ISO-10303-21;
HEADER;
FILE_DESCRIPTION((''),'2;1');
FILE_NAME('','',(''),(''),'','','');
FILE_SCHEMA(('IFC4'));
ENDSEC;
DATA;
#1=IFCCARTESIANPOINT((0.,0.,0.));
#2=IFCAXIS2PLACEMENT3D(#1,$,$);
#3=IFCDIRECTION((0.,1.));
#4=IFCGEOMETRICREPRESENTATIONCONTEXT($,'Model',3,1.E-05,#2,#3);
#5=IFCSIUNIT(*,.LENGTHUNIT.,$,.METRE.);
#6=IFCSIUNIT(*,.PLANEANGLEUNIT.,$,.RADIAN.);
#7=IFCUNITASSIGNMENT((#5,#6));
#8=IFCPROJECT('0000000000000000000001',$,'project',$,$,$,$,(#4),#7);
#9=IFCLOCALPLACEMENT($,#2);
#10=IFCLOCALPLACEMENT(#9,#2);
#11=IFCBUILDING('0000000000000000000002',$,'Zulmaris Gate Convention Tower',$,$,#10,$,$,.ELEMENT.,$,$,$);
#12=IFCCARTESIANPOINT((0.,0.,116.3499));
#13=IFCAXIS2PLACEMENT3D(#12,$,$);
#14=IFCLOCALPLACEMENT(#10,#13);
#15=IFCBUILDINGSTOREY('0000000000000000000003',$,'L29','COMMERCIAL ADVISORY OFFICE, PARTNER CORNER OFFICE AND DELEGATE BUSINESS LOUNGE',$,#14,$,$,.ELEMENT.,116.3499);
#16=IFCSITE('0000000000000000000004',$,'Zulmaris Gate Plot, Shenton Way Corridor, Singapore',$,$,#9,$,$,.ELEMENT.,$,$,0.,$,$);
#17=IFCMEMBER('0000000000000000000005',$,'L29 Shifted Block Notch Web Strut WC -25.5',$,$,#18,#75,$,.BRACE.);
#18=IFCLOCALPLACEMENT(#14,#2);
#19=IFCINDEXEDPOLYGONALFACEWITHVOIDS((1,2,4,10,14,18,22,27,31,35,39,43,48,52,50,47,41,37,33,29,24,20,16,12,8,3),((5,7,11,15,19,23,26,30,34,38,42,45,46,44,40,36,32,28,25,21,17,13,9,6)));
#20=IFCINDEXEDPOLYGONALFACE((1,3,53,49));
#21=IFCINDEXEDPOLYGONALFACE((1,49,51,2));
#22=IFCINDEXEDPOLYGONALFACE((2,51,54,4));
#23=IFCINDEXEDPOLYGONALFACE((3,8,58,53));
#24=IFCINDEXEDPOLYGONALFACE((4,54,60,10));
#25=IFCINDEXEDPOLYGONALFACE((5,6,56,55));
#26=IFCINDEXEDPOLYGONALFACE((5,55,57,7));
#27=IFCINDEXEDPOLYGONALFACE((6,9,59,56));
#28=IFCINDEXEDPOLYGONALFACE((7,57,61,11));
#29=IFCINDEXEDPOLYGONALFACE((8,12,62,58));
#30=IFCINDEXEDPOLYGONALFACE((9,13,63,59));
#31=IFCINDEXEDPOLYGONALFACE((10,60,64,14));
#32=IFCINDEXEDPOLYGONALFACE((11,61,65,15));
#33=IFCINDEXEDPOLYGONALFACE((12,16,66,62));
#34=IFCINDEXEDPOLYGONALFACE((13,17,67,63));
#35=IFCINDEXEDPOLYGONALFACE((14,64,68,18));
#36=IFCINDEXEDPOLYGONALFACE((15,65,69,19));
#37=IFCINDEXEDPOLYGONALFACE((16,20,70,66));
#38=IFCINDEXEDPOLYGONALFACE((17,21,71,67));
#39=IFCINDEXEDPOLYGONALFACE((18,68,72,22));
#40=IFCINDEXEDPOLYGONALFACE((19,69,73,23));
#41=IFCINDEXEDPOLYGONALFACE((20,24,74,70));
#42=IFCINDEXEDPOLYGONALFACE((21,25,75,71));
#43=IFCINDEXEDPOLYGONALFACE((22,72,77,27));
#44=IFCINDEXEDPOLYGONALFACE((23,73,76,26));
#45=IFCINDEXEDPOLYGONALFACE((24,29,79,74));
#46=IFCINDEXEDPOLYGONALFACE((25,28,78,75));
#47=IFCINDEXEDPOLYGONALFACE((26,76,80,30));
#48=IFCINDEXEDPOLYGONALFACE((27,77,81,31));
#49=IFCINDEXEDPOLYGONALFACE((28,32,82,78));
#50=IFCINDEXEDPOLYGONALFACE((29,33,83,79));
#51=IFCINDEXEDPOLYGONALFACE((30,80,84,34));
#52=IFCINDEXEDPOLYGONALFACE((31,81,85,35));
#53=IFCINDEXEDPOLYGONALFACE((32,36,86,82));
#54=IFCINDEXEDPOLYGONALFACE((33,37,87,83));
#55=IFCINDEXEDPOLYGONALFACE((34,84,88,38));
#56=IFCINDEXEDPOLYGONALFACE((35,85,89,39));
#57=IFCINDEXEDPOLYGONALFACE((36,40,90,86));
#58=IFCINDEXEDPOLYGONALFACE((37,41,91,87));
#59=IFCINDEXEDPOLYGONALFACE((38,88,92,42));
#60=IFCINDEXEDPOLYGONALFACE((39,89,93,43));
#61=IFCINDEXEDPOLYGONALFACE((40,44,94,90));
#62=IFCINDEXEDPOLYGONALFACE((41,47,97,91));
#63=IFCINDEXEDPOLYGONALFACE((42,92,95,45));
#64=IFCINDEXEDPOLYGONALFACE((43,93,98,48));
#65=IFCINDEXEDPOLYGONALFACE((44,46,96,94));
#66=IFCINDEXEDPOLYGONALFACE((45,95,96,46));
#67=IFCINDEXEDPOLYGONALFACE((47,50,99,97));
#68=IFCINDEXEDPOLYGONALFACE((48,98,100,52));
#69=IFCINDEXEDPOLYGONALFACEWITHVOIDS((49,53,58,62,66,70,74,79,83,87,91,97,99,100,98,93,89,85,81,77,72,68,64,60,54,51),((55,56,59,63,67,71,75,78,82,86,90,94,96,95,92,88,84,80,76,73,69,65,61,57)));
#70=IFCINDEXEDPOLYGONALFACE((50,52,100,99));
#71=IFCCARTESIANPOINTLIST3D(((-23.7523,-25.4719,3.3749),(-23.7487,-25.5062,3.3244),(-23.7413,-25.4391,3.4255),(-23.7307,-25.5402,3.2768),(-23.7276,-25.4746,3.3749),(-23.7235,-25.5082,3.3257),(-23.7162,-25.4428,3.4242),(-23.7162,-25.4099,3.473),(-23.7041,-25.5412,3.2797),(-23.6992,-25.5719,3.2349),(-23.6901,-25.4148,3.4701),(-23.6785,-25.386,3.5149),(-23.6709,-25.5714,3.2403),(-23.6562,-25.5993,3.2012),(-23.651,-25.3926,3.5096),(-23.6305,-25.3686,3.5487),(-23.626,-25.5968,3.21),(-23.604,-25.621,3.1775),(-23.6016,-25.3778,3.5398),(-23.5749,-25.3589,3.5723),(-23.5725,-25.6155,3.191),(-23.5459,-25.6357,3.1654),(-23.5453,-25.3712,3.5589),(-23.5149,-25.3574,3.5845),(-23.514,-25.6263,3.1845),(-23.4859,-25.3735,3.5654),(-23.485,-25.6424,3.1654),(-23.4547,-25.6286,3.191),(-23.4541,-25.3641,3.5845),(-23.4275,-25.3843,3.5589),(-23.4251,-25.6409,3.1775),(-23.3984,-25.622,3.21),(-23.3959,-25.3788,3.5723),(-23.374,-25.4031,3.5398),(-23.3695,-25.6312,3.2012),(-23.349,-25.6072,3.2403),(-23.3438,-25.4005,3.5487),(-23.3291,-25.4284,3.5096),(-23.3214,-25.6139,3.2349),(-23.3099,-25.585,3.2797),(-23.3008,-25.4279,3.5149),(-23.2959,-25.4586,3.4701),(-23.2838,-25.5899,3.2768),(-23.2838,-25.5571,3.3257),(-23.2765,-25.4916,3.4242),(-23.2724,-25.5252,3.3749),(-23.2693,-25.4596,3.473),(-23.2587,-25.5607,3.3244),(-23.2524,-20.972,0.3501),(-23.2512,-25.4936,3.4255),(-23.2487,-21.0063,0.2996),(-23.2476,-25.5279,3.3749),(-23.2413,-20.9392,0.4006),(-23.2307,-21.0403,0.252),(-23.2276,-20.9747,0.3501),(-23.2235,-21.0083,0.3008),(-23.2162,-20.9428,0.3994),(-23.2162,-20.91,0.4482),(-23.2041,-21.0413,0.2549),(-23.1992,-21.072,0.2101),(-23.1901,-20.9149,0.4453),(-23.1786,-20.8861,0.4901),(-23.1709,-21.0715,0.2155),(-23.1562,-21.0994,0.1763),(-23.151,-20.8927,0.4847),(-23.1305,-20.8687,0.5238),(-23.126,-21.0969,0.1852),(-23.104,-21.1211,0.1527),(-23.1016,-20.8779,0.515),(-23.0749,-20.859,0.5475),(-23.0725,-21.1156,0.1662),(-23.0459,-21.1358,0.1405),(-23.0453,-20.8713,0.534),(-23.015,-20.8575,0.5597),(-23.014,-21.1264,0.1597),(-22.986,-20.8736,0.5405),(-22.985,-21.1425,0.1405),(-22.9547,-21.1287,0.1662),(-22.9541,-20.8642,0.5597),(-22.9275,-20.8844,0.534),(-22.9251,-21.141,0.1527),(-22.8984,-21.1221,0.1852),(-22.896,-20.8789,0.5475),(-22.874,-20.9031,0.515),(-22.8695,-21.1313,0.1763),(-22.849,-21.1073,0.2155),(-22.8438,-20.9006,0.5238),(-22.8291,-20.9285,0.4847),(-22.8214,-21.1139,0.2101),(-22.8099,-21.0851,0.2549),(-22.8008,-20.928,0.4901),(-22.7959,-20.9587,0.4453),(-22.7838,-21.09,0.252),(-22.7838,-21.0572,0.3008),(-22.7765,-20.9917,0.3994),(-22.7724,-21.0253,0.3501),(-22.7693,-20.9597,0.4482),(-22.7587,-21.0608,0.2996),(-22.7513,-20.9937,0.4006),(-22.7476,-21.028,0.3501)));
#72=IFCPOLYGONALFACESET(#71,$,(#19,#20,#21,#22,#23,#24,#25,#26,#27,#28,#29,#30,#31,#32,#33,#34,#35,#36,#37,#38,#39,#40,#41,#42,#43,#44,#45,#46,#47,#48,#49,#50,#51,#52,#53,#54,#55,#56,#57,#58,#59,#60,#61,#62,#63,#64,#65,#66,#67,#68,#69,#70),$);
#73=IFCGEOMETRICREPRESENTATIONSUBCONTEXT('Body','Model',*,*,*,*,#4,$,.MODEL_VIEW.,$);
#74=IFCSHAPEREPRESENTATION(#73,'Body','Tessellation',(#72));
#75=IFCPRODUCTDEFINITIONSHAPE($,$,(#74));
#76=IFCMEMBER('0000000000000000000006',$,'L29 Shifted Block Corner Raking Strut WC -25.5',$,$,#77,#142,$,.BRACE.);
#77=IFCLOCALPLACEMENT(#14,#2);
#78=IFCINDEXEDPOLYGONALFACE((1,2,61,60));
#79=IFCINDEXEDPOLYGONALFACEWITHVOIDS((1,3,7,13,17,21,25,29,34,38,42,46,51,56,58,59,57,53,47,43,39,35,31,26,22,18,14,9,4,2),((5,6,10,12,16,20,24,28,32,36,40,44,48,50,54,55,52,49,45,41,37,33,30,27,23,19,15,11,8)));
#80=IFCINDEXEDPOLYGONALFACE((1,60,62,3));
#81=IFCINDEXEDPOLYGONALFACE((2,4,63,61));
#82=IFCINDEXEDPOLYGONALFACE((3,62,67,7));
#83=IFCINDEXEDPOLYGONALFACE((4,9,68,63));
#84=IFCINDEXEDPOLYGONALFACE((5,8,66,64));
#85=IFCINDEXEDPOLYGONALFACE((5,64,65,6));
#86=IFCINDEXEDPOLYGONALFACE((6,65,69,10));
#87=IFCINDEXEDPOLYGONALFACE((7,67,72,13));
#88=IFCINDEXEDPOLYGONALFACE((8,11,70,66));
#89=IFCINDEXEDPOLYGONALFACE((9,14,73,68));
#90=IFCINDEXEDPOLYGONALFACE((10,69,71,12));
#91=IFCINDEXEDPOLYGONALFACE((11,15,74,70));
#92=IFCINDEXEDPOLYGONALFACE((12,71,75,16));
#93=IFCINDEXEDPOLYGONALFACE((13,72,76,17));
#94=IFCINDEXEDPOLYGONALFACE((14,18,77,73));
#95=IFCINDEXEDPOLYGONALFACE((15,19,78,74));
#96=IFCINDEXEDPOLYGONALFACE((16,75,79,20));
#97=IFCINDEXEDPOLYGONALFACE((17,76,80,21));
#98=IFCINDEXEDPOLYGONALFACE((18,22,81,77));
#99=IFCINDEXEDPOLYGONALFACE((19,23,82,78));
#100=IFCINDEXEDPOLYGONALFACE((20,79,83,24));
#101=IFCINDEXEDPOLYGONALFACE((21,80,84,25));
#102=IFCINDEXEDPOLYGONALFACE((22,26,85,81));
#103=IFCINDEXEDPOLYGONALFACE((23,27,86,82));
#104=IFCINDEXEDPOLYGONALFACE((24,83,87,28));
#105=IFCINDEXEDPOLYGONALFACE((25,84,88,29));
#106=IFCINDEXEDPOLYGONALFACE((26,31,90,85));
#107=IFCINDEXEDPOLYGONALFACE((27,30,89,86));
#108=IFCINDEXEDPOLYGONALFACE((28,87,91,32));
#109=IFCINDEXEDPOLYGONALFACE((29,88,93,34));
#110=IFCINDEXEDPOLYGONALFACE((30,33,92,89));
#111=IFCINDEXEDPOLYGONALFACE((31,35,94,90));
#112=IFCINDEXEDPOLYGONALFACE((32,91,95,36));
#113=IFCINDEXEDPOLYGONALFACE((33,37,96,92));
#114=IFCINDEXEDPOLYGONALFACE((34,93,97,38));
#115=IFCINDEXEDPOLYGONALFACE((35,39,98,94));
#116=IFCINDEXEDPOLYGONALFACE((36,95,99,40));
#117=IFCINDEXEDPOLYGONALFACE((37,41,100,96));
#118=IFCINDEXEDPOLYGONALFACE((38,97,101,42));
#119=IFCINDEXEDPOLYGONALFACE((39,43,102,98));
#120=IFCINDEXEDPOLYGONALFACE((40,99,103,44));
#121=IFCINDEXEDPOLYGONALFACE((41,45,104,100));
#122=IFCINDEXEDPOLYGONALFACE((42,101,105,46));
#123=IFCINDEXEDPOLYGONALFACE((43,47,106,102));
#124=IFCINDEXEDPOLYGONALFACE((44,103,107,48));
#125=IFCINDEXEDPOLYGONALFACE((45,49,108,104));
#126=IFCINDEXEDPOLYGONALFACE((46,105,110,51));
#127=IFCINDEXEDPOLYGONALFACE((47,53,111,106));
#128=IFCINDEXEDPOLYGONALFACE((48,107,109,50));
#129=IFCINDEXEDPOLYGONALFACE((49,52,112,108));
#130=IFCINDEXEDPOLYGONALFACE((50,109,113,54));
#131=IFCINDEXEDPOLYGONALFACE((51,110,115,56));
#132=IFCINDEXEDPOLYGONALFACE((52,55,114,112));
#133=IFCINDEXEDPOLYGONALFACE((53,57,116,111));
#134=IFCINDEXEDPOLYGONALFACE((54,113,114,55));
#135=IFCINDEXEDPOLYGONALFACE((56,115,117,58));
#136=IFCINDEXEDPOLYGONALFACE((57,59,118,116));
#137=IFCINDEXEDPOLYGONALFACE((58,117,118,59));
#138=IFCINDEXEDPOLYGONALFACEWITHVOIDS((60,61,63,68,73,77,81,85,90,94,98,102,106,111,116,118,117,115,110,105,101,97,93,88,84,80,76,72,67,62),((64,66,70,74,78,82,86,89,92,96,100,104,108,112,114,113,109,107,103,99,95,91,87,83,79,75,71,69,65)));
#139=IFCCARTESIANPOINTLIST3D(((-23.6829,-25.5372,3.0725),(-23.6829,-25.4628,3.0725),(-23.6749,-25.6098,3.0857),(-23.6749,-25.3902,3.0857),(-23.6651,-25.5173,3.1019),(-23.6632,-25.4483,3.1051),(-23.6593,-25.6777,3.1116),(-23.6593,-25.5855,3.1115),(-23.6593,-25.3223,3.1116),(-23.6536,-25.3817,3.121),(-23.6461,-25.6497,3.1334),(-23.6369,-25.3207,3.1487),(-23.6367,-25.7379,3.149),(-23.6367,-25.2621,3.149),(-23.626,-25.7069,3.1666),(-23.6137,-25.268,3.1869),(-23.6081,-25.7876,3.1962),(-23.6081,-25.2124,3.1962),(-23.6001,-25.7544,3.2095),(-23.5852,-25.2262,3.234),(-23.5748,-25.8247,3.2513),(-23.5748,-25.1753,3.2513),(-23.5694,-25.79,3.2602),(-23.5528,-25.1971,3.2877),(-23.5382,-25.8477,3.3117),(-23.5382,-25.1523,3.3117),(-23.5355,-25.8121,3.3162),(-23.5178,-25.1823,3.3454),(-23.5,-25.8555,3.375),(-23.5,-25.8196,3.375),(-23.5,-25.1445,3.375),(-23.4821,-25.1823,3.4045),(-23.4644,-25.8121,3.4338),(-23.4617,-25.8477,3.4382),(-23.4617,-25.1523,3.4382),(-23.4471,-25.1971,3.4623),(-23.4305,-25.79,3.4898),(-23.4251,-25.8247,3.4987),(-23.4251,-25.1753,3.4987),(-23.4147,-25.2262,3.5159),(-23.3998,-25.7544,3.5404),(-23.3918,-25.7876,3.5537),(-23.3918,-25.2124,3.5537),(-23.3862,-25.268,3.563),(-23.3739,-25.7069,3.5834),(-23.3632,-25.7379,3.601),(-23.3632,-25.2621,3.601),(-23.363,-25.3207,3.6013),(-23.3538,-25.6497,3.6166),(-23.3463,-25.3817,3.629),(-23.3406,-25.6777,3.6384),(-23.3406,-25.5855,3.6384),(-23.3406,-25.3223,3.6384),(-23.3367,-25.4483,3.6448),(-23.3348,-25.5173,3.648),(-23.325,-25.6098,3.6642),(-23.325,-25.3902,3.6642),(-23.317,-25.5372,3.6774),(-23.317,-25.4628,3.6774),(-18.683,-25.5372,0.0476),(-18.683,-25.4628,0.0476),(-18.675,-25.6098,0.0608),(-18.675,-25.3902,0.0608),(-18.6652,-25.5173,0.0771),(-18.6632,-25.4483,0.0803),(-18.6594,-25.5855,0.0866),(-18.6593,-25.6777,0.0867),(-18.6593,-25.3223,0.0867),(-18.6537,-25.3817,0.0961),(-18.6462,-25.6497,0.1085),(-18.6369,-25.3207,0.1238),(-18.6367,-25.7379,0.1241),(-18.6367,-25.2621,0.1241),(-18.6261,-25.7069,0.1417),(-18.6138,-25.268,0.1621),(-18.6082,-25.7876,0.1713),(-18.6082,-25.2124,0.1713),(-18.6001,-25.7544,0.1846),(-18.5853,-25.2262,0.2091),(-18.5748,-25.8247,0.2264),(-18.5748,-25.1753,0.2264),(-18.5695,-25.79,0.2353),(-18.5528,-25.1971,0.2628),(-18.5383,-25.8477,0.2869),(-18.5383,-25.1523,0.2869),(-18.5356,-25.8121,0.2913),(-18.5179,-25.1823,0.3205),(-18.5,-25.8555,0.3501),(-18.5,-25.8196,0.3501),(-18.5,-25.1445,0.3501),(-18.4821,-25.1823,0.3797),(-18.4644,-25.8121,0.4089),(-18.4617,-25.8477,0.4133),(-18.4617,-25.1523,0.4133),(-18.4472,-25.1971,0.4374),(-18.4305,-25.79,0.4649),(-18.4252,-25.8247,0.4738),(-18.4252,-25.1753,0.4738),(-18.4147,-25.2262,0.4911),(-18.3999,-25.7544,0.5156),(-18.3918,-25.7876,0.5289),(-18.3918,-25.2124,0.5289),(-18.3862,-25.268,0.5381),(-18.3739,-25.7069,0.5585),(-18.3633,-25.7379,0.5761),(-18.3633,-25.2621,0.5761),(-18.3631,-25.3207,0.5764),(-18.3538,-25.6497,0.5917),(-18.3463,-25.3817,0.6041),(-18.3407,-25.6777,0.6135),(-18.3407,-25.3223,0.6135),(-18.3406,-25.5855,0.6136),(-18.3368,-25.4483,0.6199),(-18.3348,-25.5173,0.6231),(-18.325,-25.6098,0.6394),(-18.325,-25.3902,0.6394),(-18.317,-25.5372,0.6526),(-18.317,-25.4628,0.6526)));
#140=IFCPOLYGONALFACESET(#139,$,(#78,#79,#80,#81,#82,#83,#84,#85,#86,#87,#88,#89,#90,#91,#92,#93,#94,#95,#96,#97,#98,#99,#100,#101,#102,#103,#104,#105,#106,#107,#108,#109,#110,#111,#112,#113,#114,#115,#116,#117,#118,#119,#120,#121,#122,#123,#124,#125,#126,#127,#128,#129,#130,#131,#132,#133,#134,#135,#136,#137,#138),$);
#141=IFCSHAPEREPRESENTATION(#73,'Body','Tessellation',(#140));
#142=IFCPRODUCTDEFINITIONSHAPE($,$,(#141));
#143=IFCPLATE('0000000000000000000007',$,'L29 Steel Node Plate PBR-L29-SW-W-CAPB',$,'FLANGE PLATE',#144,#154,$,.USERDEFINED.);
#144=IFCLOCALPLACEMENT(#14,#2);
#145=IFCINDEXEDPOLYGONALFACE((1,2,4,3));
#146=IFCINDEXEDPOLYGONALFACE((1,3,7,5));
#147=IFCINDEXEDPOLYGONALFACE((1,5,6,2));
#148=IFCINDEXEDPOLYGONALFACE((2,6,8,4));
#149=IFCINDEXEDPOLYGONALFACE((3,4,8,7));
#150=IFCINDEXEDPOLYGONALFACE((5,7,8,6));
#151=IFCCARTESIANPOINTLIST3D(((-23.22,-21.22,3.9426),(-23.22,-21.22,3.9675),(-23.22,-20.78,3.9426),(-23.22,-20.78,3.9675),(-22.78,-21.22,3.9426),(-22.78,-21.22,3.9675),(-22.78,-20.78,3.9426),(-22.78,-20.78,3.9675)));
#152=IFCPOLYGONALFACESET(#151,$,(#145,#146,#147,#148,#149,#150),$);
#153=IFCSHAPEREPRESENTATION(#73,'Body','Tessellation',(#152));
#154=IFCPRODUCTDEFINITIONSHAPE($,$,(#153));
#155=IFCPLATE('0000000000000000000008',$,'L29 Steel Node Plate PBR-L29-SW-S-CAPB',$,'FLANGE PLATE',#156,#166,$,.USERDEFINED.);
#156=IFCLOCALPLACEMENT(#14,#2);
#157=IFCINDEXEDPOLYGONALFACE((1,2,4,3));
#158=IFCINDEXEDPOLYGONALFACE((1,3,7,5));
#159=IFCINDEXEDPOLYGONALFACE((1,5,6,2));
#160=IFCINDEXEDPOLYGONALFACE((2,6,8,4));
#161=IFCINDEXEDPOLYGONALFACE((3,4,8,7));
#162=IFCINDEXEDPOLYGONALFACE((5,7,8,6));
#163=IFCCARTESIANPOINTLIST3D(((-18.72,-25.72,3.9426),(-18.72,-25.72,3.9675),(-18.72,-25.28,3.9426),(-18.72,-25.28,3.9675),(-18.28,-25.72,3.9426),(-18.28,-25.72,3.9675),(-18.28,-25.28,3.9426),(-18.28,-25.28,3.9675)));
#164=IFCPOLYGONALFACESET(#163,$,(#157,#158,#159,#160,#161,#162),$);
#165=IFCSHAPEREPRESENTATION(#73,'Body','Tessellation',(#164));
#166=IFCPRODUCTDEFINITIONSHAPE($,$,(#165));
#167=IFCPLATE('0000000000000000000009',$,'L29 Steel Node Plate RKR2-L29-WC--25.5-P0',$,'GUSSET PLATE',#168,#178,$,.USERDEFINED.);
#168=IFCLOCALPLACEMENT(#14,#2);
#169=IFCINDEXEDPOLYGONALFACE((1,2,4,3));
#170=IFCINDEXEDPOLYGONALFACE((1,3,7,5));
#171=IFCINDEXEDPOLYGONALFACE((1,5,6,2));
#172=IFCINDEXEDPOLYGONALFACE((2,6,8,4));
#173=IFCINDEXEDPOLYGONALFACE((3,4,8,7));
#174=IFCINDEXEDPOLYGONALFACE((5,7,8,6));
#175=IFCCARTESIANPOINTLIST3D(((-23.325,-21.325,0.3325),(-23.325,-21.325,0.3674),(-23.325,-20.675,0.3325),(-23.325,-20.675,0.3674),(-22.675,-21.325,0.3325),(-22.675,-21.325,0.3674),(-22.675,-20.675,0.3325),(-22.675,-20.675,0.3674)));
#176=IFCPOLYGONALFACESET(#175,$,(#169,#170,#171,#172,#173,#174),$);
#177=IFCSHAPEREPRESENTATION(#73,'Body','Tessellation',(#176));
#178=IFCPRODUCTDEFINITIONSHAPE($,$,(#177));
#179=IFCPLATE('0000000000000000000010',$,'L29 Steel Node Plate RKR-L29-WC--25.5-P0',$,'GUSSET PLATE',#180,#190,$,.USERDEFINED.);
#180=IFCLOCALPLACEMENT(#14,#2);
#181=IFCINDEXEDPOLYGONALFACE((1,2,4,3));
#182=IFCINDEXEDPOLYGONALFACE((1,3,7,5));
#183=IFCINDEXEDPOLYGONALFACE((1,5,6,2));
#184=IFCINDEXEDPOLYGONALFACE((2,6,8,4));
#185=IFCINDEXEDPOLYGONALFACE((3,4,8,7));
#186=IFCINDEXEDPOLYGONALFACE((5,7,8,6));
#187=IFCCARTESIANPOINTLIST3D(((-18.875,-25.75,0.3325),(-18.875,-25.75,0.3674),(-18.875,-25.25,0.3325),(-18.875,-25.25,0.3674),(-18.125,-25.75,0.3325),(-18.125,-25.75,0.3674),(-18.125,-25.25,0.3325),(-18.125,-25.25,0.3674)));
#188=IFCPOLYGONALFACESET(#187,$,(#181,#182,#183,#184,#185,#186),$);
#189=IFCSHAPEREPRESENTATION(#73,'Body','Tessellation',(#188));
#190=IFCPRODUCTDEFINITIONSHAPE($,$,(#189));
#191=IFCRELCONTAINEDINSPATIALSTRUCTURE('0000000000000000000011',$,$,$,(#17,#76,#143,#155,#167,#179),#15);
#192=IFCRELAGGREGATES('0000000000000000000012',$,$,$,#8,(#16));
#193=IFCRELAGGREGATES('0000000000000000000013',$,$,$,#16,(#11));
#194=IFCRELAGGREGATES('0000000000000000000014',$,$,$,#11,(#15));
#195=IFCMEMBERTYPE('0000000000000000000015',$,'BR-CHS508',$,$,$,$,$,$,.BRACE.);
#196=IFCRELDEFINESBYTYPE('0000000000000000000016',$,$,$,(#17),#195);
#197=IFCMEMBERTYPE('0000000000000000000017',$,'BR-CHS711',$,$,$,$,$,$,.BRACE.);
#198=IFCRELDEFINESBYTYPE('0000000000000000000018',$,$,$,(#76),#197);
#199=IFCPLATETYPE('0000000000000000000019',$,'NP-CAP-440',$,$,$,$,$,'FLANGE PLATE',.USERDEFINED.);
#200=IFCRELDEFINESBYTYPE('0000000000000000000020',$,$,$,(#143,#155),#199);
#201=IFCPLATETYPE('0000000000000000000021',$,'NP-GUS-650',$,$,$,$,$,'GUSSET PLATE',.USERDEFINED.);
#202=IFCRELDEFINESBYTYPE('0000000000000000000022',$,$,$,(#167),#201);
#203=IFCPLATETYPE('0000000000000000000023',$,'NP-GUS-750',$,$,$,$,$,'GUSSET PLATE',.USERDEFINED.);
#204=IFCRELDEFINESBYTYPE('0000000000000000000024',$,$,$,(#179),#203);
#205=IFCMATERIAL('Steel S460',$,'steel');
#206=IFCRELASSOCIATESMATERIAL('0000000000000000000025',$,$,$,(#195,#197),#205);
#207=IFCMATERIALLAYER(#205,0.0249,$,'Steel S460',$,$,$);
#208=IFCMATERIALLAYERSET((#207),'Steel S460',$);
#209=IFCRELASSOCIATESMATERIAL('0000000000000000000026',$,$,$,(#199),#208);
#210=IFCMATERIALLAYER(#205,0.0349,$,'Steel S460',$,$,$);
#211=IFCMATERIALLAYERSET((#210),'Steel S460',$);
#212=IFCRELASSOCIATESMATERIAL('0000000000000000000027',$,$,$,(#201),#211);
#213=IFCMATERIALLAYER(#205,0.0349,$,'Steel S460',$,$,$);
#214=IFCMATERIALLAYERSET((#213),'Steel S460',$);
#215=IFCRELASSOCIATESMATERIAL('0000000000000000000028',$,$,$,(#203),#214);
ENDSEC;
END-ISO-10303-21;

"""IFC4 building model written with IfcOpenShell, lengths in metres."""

from ifc_helpers import new_model, si_unit, direction, frame, origin, origin_2d, place, context, subcontext, project, spatial, rectangle, hollow_circle, extrude, material, layer, layer_set, material_profile, profile_set, type_object, element, save


model = new_model("IFC4")

# Units and contexts
model_context = context("Model", 3, precision=1e-05, world=origin(), true_north=direction((0.0, 1.0)))
body_context = subcontext(model_context, "Body", "Model", "MODEL_VIEW")
ifc_project = project(units=[si_unit("LENGTHUNIT", "METRE"), si_unit("PLANEANGLEUNIT", "RADIAN")], contexts=[model_context])

# Site, building, storey
site_placement = place(None, origin())
site = spatial("IfcSite", under=ifc_project, at=site_placement, Name="Zulmaris Gate Plot, Shenton Way Corridor, Singapore", CompositionType="ELEMENT", RefElevation=0.0)
building_placement = place(site_placement, origin())
building = spatial("IfcBuilding", under=site, at=building_placement, Name="Zulmaris Gate Convention Tower", CompositionType="ELEMENT")
storey_placement = place(building_placement, frame((0.0, 0.0, 116.3499)))
storey = spatial("IfcBuildingStorey", under=building, at=storey_placement, Name="L29", Description="COMMERCIAL ADVISORY OFFICE, PARTNER CORNER OFFICE AND DELEGATE BUSINESS LOUNGE", CompositionType="ELEMENT", Elevation=116.3499)

# Members
ifc_material_1 = material(Name="Steel S460", Category="steel")
ifc_material_profile_1 = material_profile(ifc_material_1, hollow_circle(Radius=0.2539, WallThickness=0.0249, at=origin_2d()), Name="CHS 508x25")
ifc_profile_set_1 = profile_set([ifc_material_profile_1], Name="Steel S460")
member_type_1 = type_object("IfcMemberType", Name="BR-CHS508", PredefinedType="BRACE", material=ifc_profile_set_1)
member_1_placement = place(storey_placement, frame((-23.0, -21.0, 0.3501), z_axis=(-0.091824, -0.826418, 0.555519), x_axis=(0.993884, -0.110432, 0.0)))
element("IfcMember", 1, at=member_1_placement, inside=storey, type_object=member_type_1, Name="L29 Shifted Block Notch Web Strut WC -25.5", PredefinedType="BRACE", context=body_context, shape_type="SweptSolid", body=[
    extrude(hollow_circle(Radius=0.2539, WallThickness=0.0249, at=origin_2d()), origin(), (0.0, 0.0, 1.0), 5.4451),
])
ifc_material_profile_2 = material_profile(ifc_material_1, hollow_circle(Radius=0.3555, WallThickness=0.0359, at=origin_2d()), Name="CHS 711x36")
ifc_profile_set_2 = profile_set([ifc_material_profile_2], Name="Steel S460")
member_type_2 = type_object("IfcMemberType", Name="BR-CHS711", PredefinedType="BRACE", material=ifc_profile_set_2)
member_2_placement = place(storey_placement, frame((-18.5, -25.5, 0.3501), z_axis=(-0.855607, 0.0, 0.517626), x_axis=(0.0, -1.0, 0.0)))
element("IfcMember", 2, at=member_2_placement, inside=storey, type_object=member_type_2, Name="L29 Shifted Block Corner Raking Strut WC -25.5", PredefinedType="BRACE", context=body_context, shape_type="SweptSolid", body=[
    extrude(hollow_circle(Radius=0.3555, WallThickness=0.0359, at=origin_2d()), origin(), (0.0, 0.0, 1.0), 5.8438),
])

# Plates
ifc_layer_1 = layer(ifc_material_1, 0.0249, Name="Steel S460")
ifc_layer_set_1 = layer_set([ifc_layer_1], Name="Steel S460")
plate_type_1 = type_object("IfcPlateType", Name="NP-CAP-440", ElementType="FLANGE PLATE", PredefinedType="USERDEFINED", material=ifc_layer_set_1)
for number, where, z_axis, x_axis, name in (
    (3, (-23.0, -21.0, 3.9426), (0.0, 0.0, 1.0), (1.0, 0.0, 0.0), "L29 Steel Node Plate PBR-L29-SW-W-CAPB"),
    (4, (-18.5, -25.5, 3.9426), (0.0, 0.0, 1.0), (1.0, 0.0, 0.0), "L29 Steel Node Plate PBR-L29-SW-S-CAPB"),
):
    element("IfcPlate", number, at=place(storey_placement, frame(where, z_axis=z_axis, x_axis=x_axis)), inside=storey, type_object=plate_type_1, Name=name, ObjectType="FLANGE PLATE", PredefinedType="USERDEFINED", context=body_context, shape_type="SweptSolid", body=[
        extrude(rectangle(XDim=0.4399, YDim=0.4399, at=origin_2d()), origin(), (0.0, 0.0, 1.0), 0.0249),
    ])
ifc_layer_2 = layer(ifc_material_1, 0.0349, Name="Steel S460")
ifc_layer_set_2 = layer_set([ifc_layer_2], Name="Steel S460")
plate_type_2 = type_object("IfcPlateType", Name="NP-GUS-650", ElementType="GUSSET PLATE", PredefinedType="USERDEFINED", material=ifc_layer_set_2)
plate_placement = place(storey_placement, frame((-23.0, -21.0, 0.3325), z_axis=(0.0, 0.0, 1.0), x_axis=(1.0, 0.0, 0.0)))
element("IfcPlate", 5, at=plate_placement, inside=storey, type_object=plate_type_2, Name="L29 Steel Node Plate RKR2-L29-WC--25.5-P0", ObjectType="GUSSET PLATE", PredefinedType="USERDEFINED", context=body_context, shape_type="SweptSolid", body=[
    extrude(rectangle(XDim=0.6499, YDim=0.6499, at=origin_2d()), origin(), (0.0, 0.0, 1.0), 0.0349),
])
ifc_layer_3 = layer(ifc_material_1, 0.0349, Name="Steel S460")
ifc_layer_set_3 = layer_set([ifc_layer_3], Name="Steel S460")
plate_type_3 = type_object("IfcPlateType", Name="NP-GUS-750", ElementType="GUSSET PLATE", PredefinedType="USERDEFINED", material=ifc_layer_set_3)
for number, where, z_axis, x_axis, name in (
    (6, (-18.5, -25.5, 0.3325), (0.0, 0.0, 1.0), (1.0, 0.0, 0.0), "L29 Steel Node Plate RKR-L29-WC--25.5-P0"),
):
    element("IfcPlate", number, at=place(storey_placement, frame(where, z_axis=z_axis, x_axis=x_axis)), inside=storey, type_object=plate_type_3, Name=name, ObjectType="GUSSET PLATE", PredefinedType="USERDEFINED", context=body_context, shape_type="SweptSolid", body=[
        extrude(rectangle(XDim=0.75, YDim=0.5, at=origin_2d()), origin(), (0.0, 0.0, 1.0), 0.0349),
    ])

save(model, "model.ifc")
